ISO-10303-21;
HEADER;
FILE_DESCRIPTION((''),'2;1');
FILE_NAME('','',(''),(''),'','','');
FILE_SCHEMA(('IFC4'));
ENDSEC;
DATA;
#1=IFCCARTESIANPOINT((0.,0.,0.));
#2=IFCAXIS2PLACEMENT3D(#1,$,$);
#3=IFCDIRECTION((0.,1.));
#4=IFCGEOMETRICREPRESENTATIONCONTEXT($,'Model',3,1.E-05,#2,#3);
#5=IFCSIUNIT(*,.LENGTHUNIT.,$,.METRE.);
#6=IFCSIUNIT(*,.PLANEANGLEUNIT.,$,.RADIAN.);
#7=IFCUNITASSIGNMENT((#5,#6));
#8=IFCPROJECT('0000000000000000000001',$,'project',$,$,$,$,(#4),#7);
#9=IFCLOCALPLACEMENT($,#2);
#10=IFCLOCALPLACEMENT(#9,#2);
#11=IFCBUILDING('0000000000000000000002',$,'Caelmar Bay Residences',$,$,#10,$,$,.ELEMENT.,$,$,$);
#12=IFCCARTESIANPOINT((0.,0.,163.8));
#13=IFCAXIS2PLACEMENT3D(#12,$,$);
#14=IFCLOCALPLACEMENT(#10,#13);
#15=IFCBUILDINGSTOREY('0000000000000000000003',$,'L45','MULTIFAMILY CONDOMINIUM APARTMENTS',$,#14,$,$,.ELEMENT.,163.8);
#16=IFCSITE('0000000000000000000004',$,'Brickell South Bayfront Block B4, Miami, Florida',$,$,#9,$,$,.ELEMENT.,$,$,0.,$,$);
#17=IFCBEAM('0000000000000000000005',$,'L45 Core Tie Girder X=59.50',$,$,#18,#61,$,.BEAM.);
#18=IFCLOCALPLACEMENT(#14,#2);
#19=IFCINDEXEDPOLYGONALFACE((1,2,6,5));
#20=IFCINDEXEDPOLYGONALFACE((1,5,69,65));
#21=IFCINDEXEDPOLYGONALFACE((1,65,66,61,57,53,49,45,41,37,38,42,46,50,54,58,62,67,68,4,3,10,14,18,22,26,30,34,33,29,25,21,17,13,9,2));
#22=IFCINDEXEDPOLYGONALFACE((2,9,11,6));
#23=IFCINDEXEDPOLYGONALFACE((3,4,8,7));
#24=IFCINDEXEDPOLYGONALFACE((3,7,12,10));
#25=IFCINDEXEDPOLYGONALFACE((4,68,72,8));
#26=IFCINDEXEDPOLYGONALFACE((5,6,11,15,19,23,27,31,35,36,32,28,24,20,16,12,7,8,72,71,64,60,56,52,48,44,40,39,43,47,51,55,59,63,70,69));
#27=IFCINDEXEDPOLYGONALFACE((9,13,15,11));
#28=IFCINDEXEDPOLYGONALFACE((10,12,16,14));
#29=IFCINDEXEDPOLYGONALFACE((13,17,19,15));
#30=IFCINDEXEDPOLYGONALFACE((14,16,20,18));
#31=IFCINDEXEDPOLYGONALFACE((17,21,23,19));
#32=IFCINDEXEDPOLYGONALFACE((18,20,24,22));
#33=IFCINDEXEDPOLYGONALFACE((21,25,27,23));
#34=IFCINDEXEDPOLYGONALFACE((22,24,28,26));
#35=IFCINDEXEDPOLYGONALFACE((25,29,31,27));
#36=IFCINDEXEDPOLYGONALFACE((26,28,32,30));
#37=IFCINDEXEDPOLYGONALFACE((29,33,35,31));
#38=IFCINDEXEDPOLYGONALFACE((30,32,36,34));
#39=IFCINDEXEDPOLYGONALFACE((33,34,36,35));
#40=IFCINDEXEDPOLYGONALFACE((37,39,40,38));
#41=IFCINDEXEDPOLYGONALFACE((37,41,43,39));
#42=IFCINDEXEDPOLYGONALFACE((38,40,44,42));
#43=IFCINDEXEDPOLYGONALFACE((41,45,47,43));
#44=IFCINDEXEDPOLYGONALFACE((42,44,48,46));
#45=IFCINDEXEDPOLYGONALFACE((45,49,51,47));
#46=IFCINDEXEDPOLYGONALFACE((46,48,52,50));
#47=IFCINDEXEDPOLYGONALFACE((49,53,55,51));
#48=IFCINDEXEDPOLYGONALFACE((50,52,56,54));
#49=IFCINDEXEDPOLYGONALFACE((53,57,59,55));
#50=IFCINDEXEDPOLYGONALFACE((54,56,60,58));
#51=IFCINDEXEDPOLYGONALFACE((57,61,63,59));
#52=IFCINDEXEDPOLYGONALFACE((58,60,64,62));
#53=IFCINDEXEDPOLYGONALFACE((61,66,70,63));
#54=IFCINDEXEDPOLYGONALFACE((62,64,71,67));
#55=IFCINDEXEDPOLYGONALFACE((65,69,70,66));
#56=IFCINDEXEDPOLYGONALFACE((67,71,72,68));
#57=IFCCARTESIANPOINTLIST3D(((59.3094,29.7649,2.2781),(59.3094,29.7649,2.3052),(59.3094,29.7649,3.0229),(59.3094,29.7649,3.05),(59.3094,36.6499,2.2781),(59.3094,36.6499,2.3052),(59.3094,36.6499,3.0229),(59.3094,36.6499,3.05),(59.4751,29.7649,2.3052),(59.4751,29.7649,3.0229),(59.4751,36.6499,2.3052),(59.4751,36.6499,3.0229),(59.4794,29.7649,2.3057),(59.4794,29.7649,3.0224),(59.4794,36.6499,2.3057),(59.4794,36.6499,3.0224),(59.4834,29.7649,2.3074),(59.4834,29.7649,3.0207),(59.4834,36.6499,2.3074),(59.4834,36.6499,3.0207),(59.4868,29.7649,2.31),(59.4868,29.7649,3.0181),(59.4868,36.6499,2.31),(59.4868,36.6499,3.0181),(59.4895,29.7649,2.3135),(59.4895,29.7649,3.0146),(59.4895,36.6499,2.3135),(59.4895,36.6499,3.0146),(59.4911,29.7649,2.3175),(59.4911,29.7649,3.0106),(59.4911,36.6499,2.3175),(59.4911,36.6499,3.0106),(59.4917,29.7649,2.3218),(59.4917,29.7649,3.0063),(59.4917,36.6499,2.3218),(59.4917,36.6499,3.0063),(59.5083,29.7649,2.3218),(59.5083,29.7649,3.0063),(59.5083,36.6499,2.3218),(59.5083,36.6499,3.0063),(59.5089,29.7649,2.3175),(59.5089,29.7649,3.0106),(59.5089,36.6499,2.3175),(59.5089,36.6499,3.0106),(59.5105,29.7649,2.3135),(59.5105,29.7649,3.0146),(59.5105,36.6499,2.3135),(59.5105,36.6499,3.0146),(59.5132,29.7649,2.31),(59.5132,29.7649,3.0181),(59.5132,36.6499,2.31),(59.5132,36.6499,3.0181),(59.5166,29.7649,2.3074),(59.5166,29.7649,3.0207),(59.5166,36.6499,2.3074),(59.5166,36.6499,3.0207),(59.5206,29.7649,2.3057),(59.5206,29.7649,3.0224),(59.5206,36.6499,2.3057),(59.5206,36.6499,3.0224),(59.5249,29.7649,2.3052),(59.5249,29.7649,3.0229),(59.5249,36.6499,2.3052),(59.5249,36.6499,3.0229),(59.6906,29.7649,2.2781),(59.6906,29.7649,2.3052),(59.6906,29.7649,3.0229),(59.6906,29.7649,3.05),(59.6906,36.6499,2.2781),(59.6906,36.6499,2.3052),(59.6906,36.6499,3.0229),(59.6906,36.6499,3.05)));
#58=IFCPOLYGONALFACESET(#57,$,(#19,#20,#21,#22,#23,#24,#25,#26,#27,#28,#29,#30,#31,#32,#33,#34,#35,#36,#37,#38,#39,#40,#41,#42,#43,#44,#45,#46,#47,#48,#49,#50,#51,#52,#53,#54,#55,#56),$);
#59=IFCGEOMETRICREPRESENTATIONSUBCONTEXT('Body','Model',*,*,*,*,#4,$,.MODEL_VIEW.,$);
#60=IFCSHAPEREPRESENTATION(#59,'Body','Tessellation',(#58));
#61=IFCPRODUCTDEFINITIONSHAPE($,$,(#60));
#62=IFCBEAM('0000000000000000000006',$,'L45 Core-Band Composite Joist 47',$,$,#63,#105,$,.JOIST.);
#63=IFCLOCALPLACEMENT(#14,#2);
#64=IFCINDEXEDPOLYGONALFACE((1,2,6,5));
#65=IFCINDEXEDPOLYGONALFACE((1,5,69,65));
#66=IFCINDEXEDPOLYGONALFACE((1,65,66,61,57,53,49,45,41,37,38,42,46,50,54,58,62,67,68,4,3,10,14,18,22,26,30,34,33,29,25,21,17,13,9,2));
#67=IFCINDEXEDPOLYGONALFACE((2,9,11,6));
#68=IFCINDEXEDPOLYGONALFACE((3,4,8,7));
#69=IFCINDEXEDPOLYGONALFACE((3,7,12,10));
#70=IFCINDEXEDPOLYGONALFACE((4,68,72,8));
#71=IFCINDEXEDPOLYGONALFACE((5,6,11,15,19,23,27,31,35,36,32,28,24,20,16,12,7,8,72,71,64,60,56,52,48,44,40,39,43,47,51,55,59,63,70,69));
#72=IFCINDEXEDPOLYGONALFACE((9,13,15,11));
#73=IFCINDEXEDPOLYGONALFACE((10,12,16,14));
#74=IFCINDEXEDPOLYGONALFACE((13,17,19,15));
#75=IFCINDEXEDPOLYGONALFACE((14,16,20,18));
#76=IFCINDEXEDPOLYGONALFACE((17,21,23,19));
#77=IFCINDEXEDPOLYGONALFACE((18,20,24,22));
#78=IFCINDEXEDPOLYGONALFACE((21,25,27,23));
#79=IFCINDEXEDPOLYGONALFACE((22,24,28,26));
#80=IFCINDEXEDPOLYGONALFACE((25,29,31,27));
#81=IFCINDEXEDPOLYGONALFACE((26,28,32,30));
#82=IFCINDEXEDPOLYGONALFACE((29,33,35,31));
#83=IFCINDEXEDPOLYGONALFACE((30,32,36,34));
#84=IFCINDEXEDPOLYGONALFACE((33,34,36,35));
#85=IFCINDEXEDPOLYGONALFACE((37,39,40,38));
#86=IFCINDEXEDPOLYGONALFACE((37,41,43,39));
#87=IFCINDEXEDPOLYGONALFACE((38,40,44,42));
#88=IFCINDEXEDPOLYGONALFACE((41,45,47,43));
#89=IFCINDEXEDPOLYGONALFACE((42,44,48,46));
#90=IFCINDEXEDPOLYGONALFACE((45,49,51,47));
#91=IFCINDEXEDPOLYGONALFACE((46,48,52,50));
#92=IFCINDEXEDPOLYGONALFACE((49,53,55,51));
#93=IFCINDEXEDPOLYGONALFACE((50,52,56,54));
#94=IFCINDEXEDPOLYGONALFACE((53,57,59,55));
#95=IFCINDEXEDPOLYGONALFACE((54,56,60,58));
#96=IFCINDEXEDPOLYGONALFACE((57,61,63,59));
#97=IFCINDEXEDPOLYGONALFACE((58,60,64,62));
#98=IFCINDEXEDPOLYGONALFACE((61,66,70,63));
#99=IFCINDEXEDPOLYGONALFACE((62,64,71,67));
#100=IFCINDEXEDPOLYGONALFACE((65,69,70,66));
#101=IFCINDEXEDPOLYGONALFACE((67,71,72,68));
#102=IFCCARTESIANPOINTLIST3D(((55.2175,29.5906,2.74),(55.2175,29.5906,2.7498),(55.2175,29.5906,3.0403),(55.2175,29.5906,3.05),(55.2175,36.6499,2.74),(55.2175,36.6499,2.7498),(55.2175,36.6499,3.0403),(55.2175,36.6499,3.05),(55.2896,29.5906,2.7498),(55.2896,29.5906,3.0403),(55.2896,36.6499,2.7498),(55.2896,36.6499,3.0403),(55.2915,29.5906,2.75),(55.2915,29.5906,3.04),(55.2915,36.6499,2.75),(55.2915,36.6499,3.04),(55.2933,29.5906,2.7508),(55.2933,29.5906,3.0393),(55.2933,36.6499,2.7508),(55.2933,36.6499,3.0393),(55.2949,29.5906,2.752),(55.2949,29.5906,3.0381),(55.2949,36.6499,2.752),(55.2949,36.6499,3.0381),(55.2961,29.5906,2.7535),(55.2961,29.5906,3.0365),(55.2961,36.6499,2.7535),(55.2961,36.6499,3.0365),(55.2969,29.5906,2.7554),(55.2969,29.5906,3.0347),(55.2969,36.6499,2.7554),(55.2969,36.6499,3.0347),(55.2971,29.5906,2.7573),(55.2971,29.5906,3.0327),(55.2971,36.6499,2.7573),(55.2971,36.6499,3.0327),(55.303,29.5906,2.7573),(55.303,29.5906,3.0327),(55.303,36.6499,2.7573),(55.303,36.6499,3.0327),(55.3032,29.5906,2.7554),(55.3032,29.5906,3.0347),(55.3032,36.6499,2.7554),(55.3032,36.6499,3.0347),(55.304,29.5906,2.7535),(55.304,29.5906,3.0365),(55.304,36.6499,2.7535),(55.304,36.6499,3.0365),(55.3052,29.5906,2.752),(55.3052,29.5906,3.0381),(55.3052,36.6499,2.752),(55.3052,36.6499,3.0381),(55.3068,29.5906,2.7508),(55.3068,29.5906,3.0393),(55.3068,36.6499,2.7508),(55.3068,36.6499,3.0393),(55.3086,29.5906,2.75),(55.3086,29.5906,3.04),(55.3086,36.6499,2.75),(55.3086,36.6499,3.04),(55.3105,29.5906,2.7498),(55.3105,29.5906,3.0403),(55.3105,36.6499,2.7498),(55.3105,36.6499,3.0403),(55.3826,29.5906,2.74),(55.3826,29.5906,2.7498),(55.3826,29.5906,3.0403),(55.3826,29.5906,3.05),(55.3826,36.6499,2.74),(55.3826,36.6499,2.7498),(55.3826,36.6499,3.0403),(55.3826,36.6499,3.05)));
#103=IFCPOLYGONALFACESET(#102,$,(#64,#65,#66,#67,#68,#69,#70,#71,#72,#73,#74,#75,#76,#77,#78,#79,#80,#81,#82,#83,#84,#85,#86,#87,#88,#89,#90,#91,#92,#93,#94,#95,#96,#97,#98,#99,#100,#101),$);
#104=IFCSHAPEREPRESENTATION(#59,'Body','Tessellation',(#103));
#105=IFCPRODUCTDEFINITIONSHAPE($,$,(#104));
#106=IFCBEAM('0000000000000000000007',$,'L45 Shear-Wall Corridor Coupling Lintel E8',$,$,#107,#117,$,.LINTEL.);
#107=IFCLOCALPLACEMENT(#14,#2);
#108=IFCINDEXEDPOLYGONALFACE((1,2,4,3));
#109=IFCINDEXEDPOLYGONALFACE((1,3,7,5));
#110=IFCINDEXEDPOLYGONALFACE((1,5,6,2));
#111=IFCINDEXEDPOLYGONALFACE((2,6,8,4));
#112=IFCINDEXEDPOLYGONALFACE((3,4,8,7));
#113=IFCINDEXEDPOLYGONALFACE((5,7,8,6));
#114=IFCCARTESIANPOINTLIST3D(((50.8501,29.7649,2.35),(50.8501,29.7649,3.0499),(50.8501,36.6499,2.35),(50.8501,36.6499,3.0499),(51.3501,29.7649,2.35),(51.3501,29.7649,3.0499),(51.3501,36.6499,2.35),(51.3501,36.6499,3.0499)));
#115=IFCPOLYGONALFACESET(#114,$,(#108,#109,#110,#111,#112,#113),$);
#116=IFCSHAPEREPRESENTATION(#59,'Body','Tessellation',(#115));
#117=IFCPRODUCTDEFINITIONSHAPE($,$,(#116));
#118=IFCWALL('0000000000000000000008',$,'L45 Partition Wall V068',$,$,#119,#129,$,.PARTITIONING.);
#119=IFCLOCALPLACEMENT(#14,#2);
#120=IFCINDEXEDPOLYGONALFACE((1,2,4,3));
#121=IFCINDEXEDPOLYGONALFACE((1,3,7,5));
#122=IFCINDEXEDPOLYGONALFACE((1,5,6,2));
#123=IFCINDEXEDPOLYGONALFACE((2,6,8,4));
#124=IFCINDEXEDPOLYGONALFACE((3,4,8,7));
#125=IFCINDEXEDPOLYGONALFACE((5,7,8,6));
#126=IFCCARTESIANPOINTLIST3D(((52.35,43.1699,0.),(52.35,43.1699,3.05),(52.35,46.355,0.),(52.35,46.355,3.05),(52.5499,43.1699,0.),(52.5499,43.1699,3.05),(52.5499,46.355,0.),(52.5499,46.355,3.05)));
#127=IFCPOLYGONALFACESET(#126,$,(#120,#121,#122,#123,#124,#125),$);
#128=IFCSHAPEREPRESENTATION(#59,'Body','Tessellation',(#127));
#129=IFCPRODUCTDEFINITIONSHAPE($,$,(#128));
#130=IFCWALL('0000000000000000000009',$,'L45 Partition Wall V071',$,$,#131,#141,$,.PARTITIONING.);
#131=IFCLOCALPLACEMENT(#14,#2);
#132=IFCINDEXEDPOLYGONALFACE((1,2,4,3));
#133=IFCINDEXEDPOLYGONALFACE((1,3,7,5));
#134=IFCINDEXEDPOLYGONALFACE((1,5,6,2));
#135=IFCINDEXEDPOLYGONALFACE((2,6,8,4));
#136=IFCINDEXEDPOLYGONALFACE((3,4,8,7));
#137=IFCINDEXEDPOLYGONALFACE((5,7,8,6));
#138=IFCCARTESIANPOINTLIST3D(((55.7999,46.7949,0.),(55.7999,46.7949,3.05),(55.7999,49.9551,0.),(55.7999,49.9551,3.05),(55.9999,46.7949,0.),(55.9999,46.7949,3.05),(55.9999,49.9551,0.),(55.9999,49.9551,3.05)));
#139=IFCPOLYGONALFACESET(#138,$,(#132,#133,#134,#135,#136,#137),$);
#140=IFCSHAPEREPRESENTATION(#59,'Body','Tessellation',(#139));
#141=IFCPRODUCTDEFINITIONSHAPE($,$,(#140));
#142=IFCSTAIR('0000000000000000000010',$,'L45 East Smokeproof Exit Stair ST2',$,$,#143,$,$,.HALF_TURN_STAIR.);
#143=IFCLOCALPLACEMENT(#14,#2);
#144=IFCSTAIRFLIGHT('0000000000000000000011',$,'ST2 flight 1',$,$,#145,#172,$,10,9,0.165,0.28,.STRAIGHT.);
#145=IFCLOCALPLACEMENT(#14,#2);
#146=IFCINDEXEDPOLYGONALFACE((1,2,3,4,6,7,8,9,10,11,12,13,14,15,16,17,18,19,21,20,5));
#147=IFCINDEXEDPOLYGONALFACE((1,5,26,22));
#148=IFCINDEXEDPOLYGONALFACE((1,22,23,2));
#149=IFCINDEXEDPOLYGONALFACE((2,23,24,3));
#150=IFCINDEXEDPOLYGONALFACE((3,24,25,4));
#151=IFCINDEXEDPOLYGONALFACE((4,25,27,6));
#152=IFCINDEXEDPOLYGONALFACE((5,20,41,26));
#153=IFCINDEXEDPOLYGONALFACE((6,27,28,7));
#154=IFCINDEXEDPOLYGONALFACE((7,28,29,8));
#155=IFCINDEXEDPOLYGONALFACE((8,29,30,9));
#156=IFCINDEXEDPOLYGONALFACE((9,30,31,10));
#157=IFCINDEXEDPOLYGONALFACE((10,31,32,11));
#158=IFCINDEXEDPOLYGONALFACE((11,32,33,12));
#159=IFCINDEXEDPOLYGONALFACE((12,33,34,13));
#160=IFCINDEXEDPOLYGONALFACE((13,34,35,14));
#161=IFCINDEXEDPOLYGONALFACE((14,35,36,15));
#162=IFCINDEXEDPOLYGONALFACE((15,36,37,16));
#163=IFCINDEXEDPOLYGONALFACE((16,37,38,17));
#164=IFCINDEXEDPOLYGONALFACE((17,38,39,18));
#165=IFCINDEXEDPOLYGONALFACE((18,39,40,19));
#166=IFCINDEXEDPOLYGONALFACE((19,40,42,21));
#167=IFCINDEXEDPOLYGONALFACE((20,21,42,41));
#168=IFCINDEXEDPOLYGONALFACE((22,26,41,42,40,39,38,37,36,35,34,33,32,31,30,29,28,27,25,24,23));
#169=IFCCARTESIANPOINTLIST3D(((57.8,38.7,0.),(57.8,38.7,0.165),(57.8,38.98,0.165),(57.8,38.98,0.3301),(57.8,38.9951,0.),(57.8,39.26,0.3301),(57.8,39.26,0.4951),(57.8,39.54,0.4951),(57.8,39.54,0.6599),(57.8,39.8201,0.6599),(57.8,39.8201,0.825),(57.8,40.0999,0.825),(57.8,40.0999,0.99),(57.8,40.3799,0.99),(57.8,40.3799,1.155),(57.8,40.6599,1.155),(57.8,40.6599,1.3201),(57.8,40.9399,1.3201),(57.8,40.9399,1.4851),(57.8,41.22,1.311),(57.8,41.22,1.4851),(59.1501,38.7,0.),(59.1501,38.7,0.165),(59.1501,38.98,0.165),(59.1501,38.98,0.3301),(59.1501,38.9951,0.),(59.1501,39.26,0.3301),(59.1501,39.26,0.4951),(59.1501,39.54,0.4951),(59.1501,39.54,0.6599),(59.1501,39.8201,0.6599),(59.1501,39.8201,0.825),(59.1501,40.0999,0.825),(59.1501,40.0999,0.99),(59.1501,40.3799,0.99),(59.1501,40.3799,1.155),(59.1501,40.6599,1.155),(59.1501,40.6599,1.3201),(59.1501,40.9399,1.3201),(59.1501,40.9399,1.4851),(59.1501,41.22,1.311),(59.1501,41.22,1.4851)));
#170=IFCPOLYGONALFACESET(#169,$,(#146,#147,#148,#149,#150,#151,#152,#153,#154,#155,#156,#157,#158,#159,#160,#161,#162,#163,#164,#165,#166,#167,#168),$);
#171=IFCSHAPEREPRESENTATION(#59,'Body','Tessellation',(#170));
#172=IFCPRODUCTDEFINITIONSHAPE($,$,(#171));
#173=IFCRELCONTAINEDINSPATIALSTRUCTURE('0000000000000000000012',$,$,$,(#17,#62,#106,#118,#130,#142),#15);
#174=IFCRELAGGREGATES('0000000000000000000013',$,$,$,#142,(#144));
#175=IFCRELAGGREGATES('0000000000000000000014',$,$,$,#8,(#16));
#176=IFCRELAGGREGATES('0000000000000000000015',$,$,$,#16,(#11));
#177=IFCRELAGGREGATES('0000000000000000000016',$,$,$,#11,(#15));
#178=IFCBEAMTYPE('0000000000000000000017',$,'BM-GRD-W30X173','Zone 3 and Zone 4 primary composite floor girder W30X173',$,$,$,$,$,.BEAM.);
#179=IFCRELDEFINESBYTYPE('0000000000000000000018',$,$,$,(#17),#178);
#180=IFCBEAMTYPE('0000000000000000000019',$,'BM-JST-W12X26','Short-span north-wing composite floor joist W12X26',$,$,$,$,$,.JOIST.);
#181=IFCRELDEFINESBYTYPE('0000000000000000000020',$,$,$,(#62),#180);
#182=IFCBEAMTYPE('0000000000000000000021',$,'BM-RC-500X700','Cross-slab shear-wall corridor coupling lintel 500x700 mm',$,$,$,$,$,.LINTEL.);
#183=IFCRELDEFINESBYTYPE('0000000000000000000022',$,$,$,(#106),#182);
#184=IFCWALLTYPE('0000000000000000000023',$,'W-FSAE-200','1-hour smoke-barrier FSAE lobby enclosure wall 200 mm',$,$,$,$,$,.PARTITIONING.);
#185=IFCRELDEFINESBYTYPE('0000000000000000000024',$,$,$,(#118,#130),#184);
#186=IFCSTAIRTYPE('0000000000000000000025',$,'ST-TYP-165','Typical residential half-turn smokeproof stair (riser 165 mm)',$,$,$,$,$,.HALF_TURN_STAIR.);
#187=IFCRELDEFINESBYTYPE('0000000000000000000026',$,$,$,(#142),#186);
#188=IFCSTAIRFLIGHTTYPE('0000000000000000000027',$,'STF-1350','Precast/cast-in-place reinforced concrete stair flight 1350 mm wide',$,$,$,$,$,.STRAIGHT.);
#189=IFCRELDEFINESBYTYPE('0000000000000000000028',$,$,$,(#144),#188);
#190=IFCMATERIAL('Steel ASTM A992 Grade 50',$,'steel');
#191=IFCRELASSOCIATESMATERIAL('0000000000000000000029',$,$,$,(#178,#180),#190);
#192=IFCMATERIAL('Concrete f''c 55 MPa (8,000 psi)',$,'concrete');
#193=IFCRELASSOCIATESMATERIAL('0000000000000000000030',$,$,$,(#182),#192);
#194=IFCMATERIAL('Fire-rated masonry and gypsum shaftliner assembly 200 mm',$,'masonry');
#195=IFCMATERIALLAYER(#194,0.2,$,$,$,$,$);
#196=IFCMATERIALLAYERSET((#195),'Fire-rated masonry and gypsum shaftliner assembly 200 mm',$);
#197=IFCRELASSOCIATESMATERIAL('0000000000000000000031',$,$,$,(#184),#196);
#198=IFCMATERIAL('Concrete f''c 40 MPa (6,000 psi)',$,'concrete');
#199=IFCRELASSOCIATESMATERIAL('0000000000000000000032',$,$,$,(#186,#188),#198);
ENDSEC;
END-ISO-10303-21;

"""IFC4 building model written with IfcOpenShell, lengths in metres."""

from ifc_helpers import new_model, si_unit, direction, frame, frame_2d, origin, origin_2d, place, context, subcontext, project, spatial, polyline, rectangle, i_section, outline, extrude, material, layer, layer_set, material_profile, profile_set, type_object, element, aggregate, save


model = new_model("IFC4")

# Units and contexts
model_context = context("Model", 3, precision=1e-05, world=origin(), true_north=direction((0.0, 1.0)))
body_context = subcontext(model_context, "Body", "Model", "MODEL_VIEW")
ifc_project = project(units=[si_unit("LENGTHUNIT", "METRE"), si_unit("PLANEANGLEUNIT", "RADIAN")], contexts=[model_context])

# Site, building, storey
site_placement = place(None, origin())
site = spatial("IfcSite", under=ifc_project, at=site_placement, Name="Brickell South Bayfront Block B4, Miami, Florida", CompositionType="ELEMENT", RefElevation=0.0)
building_placement = place(site_placement, origin())
building = spatial("IfcBuilding", under=site, at=building_placement, Name="Caelmar Bay Residences", CompositionType="ELEMENT")
storey_placement = place(building_placement, frame((0.0, 0.0, 163.8)))
storey = spatial("IfcBuildingStorey", under=building, at=storey_placement, Name="L45", Description="MULTIFAMILY CONDOMINIUM APARTMENTS", CompositionType="ELEMENT", Elevation=163.8)

# Beams
ifc_material_1 = material(Name="Steel ASTM A992 Grade 50", Category="steel")
ifc_material_profile_1 = material_profile(ifc_material_1, i_section(OverallWidth=0.3811, OverallDepth=0.772, WebThickness=0.0166, FlangeThickness=0.0271, FilletRadius=0.0166, at=origin_2d()), Name="W30X173")
ifc_profile_set_1 = profile_set([ifc_material_profile_1], Name="Steel ASTM A992 Grade 50")
beam_type_1 = type_object("IfcBeamType", Name="BM-GRD-W30X173", Description="Zone 3 and Zone 4 primary composite floor girder W30X173", PredefinedType="BEAM", material=ifc_profile_set_1)
beam_1_placement = place(storey_placement, frame((59.5, 29.7649, 2.6641), z_axis=(0.0, 1.0, 0.0), x_axis=(-1.0, 0.0, 0.0)))
element("IfcBeam", 1, at=beam_1_placement, inside=storey, type_object=beam_type_1, Name="L45 Core Tie Girder X=59.50", PredefinedType="BEAM", context=body_context, shape_type="SweptSolid", body=[
    extrude(i_section(OverallWidth=0.3811, OverallDepth=0.772, WebThickness=0.0166, FlangeThickness=0.0271, FilletRadius=0.0166, at=origin_2d()), origin(), (0.0, 0.0, 1.0), 6.885),
])
ifc_material_profile_2 = material_profile(ifc_material_1, i_section(OverallWidth=0.165, OverallDepth=0.3101, WebThickness=0.0059, FlangeThickness=0.0098, FilletRadius=0.0076, at=origin_2d()), Name="W12X26")
ifc_profile_set_2 = profile_set([ifc_material_profile_2], Name="Steel ASTM A992 Grade 50")
beam_type_2 = type_object("IfcBeamType", Name="BM-JST-W12X26", Description="Short-span north-wing composite floor joist W12X26", PredefinedType="JOIST", material=ifc_profile_set_2)
beam_2_placement = place(storey_placement, frame((55.3, 29.5906, 2.895), z_axis=(0.0, 1.0, 0.0), x_axis=(-1.0, 0.0, 0.0)))
element("IfcBeam", 2, at=beam_2_placement, inside=storey, type_object=beam_type_2, Name="L45 Core-Band Composite Joist 47", PredefinedType="JOIST", context=body_context, shape_type="SweptSolid", body=[
    extrude(i_section(OverallWidth=0.165, OverallDepth=0.3101, WebThickness=0.0059, FlangeThickness=0.0098, FilletRadius=0.0076, at=origin_2d()), origin(), (0.0, 0.0, 1.0), 7.0593),
])
ifc_material_2 = material(Name="Concrete f'c 55 MPa (8,000 psi)", Category="concrete")
ifc_material_profile_3 = material_profile(ifc_material_2, rectangle(XDim=0.5, YDim=0.7, at=origin_2d()), Name="RC-BM-500X700")
ifc_profile_set_3 = profile_set([ifc_material_profile_3], Name="Concrete f'c 55 MPa (8,000 psi)")
beam_type_3 = type_object("IfcBeamType", Name="BM-RC-500X700", Description="Cross-slab shear-wall corridor coupling lintel 500x700 mm", PredefinedType="LINTEL", material=ifc_profile_set_3)
beam_3_placement = place(storey_placement, frame((51.1001, 29.7649, 2.7), z_axis=(0.0, 1.0, 0.0), x_axis=(-1.0, 0.0, 0.0)))
element("IfcBeam", 3, at=beam_3_placement, inside=storey, type_object=beam_type_3, Name="L45 Shear-Wall Corridor Coupling Lintel E8", PredefinedType="LINTEL", context=body_context, shape_type="SweptSolid", body=[
    extrude(rectangle(XDim=0.5, YDim=0.7, at=origin_2d()), origin(), (0.0, 0.0, 1.0), 6.885),
])

# Walls
ifc_material_3 = material(Name="Fire-rated masonry and gypsum shaftliner assembly 200 mm", Category="masonry")
ifc_layer_1 = layer(ifc_material_3, 0.2)
ifc_layer_set_1 = layer_set([ifc_layer_1], Name="Fire-rated masonry and gypsum shaftliner assembly 200 mm")
wall_type_1 = type_object("IfcWallType", Name="W-FSAE-200", Description="1-hour smoke-barrier FSAE lobby enclosure wall 200 mm", PredefinedType="PARTITIONING", material=ifc_layer_set_1)
wall_1_placement = place(storey_placement, frame((52.45, 43.1699, 0.0), z_axis=(0.0, 0.0, 1.0), x_axis=(0.0, 1.0, 0.0)))
element("IfcWall", 4, at=wall_1_placement, inside=storey, type_object=wall_type_1, Name="L45 Partition Wall V068", PredefinedType="PARTITIONING", context=body_context, shape_type="SweptSolid", body=[
    extrude(rectangle(XDim=3.1851, YDim=0.2, at=frame_2d((1.5925, 0.0))), origin(), (0.0, 0.0, 1.0), 3.05),
])
wall_2_placement = place(storey_placement, frame((55.8999, 46.7949, 0.0), z_axis=(0.0, 0.0, 1.0), x_axis=(0.0, 1.0, 0.0)))
element("IfcWall", 5, at=wall_2_placement, inside=storey, type_object=wall_type_1, Name="L45 Partition Wall V071", PredefinedType="PARTITIONING", context=body_context, shape_type="SweptSolid", body=[
    extrude(rectangle(XDim=3.1602, YDim=0.2, at=frame_2d((1.5801, 0.0))), origin(), (0.0, 0.0, 1.0), 3.05),
])

# Stair, stair flight
ifc_material_4 = material(Name="Concrete f'c 40 MPa (6,000 psi)", Category="concrete")
stair_type = type_object("IfcStairType", Name="ST-TYP-165", Description="Typical residential half-turn smokeproof stair (riser 165 mm)", PredefinedType="HALF_TURN_STAIR", material=ifc_material_4)
stair_placement = place(storey_placement, origin())
stair = element("IfcStair", 6, at=stair_placement, inside=storey, type_object=stair_type, Name="L45 East Smokeproof Exit Stair ST2", PredefinedType="HALF_TURN_STAIR")
stair_flight_type = type_object("IfcStairFlightType", Name="STF-1350", Description="Precast/cast-in-place reinforced concrete stair flight 1350 mm wide", PredefinedType="STRAIGHT", material=ifc_material_4)
stair_flight_1_placement = place(storey_placement, frame((58.4751, 38.7, 0.0), z_axis=(0.0, 0.0, 1.0), x_axis=(0.0, 1.0, 0.0)))
stair_flight_1 = element("IfcStairFlight", 7, at=stair_flight_1_placement, type_object=stair_flight_type, Name="ST2 flight 1", NumberOfRisers=10, NumberOfTreads=9, PredefinedType="STRAIGHT", RiserHeight=0.165, TreadLength=0.28, context=body_context, shape_type="SweptSolid", body=[
    extrude(outline(polyline([(0.0, 0.0), (0.0, 0.165), (0.28, 0.165), (0.28, 0.3301), (0.5601, 0.3301), (0.5601, 0.4951), (0.8401, 0.4951), (0.8401, 0.6599), (1.1201, 0.6599), (1.1201, 0.825), (1.3999, 0.825), (1.3999, 0.99), (1.6799, 0.99), (1.6799, 1.155), (1.96, 1.155), (1.96, 1.3201), (2.24, 1.3201), (2.24, 1.4851), (2.52, 1.4851), (2.52, 1.6499), (2.52, 1.311), (0.2952, 0.0), (0.0, 0.0)])), frame((0.0, 0.675, 0.0), z_axis=(0.0, -1.0, 0.0), x_axis=(1.0, 0.0, 0.0)), (0.0, 0.0, 1.0), 1.3501),
])
aggregate(stair, [stair_flight_1])

save(model, "model.ifc")
